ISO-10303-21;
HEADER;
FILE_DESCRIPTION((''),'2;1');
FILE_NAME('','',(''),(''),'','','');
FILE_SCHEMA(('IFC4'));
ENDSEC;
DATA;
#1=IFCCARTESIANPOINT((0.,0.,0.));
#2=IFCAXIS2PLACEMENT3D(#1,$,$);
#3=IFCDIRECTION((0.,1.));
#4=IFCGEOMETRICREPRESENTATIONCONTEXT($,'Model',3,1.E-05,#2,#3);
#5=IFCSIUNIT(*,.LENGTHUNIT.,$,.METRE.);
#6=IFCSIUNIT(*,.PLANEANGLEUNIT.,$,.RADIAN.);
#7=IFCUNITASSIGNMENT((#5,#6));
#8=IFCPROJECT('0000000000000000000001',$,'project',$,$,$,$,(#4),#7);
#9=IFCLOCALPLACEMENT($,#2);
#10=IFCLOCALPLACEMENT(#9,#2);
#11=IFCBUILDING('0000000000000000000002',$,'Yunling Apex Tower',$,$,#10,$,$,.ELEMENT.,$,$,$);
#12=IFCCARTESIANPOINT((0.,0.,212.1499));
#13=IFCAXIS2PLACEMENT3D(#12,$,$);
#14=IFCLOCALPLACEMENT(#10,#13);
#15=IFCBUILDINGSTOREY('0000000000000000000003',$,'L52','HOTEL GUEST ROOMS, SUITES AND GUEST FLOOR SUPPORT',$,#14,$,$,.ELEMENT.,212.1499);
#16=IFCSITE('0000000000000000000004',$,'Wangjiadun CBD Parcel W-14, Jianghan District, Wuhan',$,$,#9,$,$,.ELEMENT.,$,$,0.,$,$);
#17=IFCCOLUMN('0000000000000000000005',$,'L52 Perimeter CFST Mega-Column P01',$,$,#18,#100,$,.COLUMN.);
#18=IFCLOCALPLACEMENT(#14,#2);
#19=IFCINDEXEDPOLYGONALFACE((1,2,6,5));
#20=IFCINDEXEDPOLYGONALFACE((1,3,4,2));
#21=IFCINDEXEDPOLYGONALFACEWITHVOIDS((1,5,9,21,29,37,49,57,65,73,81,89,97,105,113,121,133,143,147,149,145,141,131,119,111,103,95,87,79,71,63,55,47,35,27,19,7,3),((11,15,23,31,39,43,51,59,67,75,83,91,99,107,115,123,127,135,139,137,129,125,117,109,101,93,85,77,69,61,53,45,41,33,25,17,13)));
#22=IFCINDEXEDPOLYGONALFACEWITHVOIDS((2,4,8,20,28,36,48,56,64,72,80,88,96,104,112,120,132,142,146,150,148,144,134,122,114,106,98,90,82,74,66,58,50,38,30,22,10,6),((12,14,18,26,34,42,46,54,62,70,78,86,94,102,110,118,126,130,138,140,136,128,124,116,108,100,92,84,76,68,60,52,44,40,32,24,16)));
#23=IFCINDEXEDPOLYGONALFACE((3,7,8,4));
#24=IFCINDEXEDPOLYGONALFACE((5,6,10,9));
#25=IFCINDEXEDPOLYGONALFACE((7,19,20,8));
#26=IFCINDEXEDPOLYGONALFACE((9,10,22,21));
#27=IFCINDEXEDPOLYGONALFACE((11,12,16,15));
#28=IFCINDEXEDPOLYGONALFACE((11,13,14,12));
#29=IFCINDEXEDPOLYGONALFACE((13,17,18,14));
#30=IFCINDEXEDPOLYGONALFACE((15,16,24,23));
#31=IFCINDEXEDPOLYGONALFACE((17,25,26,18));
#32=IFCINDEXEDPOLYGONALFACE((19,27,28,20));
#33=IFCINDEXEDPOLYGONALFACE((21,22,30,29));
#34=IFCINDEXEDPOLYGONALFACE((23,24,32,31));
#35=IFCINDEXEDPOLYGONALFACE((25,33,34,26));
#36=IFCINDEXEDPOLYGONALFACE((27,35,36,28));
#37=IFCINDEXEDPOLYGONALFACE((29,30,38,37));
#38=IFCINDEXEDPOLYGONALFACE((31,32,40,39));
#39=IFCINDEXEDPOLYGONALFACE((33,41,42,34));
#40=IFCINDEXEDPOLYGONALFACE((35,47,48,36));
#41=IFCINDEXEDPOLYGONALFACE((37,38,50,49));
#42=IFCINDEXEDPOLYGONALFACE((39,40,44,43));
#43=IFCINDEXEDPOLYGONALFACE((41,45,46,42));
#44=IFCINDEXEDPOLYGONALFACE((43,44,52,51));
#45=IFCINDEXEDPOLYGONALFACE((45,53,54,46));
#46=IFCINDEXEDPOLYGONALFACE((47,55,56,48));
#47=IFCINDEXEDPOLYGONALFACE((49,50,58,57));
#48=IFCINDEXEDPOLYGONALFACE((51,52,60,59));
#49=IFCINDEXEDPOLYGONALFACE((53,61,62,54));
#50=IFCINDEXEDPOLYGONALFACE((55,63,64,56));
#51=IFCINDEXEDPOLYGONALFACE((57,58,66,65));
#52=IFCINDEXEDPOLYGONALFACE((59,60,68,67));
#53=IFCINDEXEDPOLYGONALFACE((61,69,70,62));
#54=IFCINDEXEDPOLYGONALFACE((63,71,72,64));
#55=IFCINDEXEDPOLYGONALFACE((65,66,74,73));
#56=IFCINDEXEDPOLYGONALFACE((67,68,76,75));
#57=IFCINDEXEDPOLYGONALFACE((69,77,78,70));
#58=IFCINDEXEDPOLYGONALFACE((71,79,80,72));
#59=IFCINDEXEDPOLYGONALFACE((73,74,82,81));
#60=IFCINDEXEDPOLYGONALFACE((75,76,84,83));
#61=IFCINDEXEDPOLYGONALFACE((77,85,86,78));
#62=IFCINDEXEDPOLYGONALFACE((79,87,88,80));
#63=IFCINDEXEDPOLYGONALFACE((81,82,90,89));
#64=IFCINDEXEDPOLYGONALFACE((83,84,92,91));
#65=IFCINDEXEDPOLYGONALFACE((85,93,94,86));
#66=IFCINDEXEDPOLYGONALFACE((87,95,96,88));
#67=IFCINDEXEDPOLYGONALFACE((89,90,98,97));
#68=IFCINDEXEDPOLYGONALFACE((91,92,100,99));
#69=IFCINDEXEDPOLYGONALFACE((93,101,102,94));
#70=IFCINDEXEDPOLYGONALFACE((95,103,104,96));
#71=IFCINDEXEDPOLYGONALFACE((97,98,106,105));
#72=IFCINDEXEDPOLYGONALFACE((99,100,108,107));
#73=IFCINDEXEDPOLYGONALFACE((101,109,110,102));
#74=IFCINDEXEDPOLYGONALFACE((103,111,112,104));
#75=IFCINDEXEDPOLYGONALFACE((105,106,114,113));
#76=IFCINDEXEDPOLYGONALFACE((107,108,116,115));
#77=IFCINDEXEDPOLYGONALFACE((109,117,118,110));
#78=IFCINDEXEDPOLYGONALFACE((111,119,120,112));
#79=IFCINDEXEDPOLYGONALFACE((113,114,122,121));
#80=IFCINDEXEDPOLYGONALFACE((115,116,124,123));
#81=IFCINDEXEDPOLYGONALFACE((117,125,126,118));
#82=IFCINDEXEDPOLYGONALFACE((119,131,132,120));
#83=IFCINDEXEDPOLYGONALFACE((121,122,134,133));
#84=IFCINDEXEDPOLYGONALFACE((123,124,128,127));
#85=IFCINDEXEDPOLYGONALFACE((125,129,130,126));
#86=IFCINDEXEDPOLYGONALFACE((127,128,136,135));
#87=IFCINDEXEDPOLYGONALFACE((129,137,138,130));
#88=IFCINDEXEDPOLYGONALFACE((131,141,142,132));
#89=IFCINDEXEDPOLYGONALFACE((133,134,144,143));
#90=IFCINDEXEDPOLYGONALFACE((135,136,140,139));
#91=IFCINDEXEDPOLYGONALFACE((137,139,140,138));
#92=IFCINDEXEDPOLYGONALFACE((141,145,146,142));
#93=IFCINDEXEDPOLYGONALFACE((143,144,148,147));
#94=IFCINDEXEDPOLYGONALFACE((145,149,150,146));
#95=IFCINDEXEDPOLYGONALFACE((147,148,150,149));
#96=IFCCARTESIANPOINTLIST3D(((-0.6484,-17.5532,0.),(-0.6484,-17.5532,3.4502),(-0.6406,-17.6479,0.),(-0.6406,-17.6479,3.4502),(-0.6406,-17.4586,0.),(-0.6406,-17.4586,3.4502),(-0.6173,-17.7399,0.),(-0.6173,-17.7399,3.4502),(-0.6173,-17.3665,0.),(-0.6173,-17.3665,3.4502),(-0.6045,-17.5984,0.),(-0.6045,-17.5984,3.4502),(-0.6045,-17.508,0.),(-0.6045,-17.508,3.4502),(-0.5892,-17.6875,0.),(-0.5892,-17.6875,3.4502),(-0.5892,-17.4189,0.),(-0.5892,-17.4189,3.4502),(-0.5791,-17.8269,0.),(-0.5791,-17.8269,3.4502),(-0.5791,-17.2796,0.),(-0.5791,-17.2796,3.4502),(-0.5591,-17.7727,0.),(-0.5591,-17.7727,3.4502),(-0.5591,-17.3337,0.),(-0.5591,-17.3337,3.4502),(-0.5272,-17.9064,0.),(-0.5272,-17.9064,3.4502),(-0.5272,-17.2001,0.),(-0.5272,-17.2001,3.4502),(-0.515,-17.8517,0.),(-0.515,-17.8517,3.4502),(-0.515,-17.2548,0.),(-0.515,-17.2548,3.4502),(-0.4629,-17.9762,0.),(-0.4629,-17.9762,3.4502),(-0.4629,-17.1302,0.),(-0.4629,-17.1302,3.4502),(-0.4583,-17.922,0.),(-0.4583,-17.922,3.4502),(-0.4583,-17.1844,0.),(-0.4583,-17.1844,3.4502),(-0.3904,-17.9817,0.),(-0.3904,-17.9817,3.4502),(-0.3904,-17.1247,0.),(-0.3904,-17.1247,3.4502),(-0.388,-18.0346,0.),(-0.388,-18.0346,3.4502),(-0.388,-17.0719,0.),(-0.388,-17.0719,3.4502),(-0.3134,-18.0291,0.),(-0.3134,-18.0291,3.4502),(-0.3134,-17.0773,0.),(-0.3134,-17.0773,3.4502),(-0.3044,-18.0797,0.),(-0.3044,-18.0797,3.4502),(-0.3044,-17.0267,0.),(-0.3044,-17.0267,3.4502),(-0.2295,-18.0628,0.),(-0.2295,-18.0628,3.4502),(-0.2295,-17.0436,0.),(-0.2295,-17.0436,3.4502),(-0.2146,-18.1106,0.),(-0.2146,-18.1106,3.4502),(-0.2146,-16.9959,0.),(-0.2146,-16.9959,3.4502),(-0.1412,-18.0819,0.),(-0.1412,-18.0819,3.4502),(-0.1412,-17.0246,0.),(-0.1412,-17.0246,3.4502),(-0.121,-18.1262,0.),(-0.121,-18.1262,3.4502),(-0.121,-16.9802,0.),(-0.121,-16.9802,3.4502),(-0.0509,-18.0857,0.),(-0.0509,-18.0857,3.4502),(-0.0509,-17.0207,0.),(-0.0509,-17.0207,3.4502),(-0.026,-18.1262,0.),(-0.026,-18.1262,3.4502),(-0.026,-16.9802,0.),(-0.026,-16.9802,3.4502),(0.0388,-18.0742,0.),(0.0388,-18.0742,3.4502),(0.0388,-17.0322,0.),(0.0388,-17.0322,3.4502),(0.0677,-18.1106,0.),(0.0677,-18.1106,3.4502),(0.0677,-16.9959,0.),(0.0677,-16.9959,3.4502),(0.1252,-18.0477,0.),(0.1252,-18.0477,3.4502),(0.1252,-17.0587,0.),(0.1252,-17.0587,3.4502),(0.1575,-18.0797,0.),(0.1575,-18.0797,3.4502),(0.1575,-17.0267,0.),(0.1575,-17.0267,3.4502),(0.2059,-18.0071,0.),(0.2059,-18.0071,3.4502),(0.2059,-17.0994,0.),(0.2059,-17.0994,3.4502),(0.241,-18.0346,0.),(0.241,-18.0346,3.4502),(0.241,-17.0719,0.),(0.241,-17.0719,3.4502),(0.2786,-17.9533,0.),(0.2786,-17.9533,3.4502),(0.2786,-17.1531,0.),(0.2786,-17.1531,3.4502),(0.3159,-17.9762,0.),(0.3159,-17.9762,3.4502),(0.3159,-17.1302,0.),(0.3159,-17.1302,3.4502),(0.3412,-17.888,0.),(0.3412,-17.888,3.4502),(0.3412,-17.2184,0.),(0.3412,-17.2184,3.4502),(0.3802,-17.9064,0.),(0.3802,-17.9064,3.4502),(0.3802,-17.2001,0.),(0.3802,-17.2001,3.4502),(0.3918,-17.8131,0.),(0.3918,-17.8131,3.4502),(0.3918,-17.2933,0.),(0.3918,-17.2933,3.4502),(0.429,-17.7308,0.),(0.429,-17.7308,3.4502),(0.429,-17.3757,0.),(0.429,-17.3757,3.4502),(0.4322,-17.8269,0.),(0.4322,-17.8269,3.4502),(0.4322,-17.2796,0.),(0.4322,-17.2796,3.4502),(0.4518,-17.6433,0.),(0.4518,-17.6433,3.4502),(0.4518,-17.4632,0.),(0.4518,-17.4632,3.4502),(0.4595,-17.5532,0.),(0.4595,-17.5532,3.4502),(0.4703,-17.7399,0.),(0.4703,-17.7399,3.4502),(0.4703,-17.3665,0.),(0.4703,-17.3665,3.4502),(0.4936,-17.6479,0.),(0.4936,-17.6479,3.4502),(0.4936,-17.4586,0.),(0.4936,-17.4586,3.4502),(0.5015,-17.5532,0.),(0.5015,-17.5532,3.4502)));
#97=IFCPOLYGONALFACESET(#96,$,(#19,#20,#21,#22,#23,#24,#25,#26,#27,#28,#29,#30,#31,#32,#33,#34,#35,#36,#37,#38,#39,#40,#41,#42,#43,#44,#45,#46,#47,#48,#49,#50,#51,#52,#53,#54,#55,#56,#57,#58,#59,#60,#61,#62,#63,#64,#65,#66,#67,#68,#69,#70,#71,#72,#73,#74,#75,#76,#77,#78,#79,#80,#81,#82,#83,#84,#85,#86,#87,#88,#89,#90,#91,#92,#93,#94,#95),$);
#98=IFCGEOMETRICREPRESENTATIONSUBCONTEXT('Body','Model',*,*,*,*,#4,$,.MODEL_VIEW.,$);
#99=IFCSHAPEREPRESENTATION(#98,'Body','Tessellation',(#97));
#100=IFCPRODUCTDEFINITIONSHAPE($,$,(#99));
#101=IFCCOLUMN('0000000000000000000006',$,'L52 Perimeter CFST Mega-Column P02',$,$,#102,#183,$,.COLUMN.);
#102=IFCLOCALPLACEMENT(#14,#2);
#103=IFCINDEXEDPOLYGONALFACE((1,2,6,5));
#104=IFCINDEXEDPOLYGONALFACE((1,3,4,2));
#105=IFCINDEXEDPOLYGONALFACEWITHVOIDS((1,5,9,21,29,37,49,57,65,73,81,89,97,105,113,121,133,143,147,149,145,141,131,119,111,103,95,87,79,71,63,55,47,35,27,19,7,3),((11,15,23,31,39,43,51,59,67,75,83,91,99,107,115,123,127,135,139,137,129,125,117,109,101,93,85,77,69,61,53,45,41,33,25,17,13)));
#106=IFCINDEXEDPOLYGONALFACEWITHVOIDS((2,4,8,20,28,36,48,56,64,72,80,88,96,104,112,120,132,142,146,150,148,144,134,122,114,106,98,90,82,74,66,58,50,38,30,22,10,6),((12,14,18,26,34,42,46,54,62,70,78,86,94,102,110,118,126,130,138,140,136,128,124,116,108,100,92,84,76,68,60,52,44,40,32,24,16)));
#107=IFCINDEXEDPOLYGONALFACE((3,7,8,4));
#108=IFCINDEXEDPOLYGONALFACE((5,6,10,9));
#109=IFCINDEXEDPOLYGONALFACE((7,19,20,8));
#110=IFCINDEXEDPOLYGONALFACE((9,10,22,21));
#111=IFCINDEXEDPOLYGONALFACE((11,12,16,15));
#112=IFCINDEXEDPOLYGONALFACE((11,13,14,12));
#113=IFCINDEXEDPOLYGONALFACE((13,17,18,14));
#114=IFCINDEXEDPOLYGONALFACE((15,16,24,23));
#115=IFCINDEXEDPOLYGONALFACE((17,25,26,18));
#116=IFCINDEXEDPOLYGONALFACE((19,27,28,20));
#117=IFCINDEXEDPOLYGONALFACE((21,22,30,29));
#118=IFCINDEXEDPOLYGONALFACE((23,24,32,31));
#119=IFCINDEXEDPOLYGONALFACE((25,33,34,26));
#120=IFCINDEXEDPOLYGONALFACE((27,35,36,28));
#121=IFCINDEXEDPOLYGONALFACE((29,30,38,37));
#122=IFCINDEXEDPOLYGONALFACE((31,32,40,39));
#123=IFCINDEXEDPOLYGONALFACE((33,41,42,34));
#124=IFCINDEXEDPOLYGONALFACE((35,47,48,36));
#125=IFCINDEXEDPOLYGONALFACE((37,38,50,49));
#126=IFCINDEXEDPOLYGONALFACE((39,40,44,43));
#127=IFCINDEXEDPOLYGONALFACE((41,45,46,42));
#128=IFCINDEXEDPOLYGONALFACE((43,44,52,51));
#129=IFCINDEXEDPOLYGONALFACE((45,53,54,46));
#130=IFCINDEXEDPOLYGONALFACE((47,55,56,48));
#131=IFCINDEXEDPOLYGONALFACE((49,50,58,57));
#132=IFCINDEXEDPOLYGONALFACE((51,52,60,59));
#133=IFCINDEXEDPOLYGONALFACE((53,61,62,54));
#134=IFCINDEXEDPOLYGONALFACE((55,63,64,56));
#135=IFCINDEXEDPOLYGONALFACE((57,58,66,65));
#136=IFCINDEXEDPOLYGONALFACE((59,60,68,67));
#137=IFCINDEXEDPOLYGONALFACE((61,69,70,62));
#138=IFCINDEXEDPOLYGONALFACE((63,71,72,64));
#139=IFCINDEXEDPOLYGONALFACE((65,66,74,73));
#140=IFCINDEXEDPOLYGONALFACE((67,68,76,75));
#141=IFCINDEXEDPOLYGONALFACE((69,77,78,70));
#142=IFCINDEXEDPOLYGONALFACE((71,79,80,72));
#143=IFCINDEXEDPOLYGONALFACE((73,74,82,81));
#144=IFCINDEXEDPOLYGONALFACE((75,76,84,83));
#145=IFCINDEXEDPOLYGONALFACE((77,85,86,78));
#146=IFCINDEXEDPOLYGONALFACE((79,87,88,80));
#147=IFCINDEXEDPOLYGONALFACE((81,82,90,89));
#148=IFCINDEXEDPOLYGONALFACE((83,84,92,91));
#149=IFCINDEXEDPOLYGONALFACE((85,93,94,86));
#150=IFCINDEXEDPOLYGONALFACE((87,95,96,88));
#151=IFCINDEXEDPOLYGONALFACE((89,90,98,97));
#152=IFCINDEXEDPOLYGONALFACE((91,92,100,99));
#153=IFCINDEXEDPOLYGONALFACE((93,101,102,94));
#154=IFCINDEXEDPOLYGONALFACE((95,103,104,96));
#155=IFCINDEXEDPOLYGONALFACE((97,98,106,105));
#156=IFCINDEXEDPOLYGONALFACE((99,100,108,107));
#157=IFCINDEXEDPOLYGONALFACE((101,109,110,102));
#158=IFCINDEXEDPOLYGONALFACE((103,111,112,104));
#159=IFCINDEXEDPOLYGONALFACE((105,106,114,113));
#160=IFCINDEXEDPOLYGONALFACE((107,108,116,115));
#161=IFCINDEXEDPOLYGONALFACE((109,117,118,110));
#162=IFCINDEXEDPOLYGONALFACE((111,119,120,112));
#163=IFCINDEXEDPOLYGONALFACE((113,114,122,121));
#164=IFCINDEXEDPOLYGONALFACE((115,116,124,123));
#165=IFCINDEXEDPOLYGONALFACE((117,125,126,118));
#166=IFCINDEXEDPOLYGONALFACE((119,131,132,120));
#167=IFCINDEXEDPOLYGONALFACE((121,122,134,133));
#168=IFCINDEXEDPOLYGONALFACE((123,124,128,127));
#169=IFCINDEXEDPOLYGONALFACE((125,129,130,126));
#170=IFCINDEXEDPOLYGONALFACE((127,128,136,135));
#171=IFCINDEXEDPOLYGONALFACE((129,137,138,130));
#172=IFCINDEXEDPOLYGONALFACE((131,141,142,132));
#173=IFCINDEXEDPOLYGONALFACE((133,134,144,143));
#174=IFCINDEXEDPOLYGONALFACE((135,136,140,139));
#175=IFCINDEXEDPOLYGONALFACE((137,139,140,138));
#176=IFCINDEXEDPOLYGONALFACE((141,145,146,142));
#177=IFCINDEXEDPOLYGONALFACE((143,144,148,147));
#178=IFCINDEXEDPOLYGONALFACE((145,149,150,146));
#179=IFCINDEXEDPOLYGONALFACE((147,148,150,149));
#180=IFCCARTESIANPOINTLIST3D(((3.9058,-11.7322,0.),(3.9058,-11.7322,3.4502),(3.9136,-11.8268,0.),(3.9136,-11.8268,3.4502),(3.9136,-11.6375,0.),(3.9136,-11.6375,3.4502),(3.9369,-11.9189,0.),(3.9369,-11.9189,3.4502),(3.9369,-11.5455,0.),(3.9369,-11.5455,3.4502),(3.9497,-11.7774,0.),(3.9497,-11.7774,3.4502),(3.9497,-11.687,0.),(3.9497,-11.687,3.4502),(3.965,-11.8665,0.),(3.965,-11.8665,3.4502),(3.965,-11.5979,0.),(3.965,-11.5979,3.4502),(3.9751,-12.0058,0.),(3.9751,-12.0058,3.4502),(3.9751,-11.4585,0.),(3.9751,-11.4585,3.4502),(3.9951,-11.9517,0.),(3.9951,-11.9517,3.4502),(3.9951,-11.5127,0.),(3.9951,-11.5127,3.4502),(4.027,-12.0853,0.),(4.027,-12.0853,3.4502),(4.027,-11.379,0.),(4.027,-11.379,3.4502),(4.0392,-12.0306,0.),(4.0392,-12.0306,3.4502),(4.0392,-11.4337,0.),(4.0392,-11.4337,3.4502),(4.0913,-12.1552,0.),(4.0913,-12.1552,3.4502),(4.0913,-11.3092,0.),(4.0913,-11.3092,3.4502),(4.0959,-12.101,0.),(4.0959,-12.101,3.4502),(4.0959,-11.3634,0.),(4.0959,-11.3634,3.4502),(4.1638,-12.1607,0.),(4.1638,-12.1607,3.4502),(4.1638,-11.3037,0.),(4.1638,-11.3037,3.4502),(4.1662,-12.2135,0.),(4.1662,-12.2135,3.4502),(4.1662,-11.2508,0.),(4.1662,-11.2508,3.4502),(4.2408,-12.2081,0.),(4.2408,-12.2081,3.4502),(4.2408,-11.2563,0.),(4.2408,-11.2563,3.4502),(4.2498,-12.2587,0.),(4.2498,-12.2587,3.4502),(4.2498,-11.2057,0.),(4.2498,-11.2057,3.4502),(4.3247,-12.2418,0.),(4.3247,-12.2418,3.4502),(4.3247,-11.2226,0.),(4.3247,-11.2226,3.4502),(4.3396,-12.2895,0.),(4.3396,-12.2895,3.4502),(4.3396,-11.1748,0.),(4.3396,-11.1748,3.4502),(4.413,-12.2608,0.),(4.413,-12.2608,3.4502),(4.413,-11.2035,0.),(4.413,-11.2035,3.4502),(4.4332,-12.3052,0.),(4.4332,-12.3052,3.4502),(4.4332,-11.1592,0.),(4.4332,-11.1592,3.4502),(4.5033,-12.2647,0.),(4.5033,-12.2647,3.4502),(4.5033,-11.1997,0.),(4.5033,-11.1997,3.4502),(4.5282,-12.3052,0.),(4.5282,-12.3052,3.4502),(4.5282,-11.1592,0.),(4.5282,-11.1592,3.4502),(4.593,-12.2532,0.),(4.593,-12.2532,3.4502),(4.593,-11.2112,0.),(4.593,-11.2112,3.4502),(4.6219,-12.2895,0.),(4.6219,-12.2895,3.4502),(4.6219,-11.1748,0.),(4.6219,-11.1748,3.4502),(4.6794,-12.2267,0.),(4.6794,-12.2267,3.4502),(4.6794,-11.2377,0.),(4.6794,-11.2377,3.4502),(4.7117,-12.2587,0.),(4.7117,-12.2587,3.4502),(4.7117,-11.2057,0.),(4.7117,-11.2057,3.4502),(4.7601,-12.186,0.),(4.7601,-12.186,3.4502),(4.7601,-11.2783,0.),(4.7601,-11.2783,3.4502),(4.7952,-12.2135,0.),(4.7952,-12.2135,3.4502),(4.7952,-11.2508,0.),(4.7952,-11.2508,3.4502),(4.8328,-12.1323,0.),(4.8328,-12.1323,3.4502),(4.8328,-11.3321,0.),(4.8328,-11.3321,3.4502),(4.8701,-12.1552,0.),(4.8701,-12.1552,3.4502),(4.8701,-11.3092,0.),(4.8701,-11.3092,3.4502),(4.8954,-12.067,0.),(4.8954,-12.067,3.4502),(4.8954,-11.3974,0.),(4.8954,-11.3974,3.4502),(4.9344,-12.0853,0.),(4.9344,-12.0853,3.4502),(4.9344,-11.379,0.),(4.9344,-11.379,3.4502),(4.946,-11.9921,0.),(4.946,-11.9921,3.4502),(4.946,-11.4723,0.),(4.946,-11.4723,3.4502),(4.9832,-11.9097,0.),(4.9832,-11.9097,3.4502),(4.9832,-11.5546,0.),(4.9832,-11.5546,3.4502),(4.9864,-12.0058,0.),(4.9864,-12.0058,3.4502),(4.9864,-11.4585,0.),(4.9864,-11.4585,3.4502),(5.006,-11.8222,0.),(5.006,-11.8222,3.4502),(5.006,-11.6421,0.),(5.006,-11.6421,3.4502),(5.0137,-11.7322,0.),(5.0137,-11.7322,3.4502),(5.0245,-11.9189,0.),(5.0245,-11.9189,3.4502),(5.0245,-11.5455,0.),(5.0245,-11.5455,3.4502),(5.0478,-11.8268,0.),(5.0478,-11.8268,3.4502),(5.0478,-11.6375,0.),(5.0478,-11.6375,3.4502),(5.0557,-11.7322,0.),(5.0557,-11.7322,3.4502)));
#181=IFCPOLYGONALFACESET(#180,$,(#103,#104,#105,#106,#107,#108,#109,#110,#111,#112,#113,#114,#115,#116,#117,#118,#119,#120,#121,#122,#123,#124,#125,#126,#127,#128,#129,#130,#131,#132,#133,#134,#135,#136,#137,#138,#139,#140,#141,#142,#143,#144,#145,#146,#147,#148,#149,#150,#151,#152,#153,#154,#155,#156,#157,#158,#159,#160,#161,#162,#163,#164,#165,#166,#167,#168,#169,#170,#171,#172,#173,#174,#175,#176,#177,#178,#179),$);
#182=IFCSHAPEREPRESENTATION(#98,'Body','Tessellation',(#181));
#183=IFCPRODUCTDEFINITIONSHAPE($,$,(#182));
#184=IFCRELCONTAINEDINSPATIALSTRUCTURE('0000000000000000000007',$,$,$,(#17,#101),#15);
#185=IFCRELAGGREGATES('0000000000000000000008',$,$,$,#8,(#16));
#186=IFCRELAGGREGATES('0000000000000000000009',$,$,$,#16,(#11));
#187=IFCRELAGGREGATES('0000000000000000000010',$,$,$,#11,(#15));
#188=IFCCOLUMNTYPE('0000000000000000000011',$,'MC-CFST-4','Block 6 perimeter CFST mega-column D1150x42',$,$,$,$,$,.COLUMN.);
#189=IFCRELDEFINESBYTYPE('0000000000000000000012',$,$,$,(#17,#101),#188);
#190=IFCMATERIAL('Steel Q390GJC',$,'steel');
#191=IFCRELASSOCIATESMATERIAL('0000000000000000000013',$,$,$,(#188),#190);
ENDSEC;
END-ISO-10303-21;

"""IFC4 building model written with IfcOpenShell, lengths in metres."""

from ifc_helpers import new_model, si_unit, direction, frame, origin, origin_2d, place, context, subcontext, project, spatial, hollow_circle, extrude, source, transform, mapped, material, material_profile, profile_set, type_object, element, save


model = new_model("IFC4")

# Units and contexts
model_context = context("Model", 3, precision=1e-05, world=origin(), true_north=direction((0.0, 1.0)))
body_context = subcontext(model_context, "Body", "Model", "MODEL_VIEW")
ifc_project = project(units=[si_unit("LENGTHUNIT", "METRE"), si_unit("PLANEANGLEUNIT", "RADIAN")], contexts=[model_context])

# Site, building, storey
site_placement = place(None, origin())
site = spatial("IfcSite", under=ifc_project, at=site_placement, Name="Wangjiadun CBD Parcel W-14, Jianghan District, Wuhan", CompositionType="ELEMENT", RefElevation=0.0)
building_placement = place(site_placement, origin())
building = spatial("IfcBuilding", under=site, at=building_placement, Name="Yunling Apex Tower", CompositionType="ELEMENT")
storey_placement = place(building_placement, frame((0.0, 0.0, 212.1499)))
storey = spatial("IfcBuildingStorey", under=building, at=storey_placement, Name="L52", Description="HOTEL GUEST ROOMS, SUITES AND GUEST FLOOR SUPPORT", CompositionType="ELEMENT", Elevation=212.1499)

# Columns
ifc_material_1 = material(Name="Steel Q390GJC", Category="steel")
ifc_material_profile_1 = material_profile(ifc_material_1, hollow_circle(Radius=0.575, WallThickness=0.042, at=origin_2d()))
ifc_profile_set_1 = profile_set([ifc_material_profile_1], Name="Steel Q390GJC")
column_type = type_object("IfcColumnType", Name="MC-CFST-4", Description="Block 6 perimeter CFST mega-column D1150x42", PredefinedType="COLUMN", material=ifc_profile_set_1)
shared_shape_1 = source(origin(), body_context, "Body", "SweptSolid", [
    extrude(hollow_circle(Radius=0.575, WallThickness=0.042, at=origin_2d()), origin(), (0.0, 0.0, 1.0), 3.4502),
])
for number, where, z_axis, x_axis, name in (
    (1, (-0.0735, -17.5532, 0.0), (0.0, 0.0, 1.0), (1.0, 0.0, 0.0), "L52 Perimeter CFST Mega-Column P01"),
    (2, (4.4807, -11.7322, 0.0), (0.0, 0.0, 1.0), (1.0, 0.0, 0.0), "L52 Perimeter CFST Mega-Column P02"),
):
    element("IfcColumn", number, at=place(storey_placement, frame(where, z_axis=z_axis, x_axis=x_axis)), inside=storey, type_object=column_type, Name=name, PredefinedType="COLUMN", context=body_context, shape_type="MappedRepresentation", body=[
        mapped(shared_shape_1, transform((0.0, 0.0, 0.0), scale=1.0)),
    ])

save(model, "model.ifc")
